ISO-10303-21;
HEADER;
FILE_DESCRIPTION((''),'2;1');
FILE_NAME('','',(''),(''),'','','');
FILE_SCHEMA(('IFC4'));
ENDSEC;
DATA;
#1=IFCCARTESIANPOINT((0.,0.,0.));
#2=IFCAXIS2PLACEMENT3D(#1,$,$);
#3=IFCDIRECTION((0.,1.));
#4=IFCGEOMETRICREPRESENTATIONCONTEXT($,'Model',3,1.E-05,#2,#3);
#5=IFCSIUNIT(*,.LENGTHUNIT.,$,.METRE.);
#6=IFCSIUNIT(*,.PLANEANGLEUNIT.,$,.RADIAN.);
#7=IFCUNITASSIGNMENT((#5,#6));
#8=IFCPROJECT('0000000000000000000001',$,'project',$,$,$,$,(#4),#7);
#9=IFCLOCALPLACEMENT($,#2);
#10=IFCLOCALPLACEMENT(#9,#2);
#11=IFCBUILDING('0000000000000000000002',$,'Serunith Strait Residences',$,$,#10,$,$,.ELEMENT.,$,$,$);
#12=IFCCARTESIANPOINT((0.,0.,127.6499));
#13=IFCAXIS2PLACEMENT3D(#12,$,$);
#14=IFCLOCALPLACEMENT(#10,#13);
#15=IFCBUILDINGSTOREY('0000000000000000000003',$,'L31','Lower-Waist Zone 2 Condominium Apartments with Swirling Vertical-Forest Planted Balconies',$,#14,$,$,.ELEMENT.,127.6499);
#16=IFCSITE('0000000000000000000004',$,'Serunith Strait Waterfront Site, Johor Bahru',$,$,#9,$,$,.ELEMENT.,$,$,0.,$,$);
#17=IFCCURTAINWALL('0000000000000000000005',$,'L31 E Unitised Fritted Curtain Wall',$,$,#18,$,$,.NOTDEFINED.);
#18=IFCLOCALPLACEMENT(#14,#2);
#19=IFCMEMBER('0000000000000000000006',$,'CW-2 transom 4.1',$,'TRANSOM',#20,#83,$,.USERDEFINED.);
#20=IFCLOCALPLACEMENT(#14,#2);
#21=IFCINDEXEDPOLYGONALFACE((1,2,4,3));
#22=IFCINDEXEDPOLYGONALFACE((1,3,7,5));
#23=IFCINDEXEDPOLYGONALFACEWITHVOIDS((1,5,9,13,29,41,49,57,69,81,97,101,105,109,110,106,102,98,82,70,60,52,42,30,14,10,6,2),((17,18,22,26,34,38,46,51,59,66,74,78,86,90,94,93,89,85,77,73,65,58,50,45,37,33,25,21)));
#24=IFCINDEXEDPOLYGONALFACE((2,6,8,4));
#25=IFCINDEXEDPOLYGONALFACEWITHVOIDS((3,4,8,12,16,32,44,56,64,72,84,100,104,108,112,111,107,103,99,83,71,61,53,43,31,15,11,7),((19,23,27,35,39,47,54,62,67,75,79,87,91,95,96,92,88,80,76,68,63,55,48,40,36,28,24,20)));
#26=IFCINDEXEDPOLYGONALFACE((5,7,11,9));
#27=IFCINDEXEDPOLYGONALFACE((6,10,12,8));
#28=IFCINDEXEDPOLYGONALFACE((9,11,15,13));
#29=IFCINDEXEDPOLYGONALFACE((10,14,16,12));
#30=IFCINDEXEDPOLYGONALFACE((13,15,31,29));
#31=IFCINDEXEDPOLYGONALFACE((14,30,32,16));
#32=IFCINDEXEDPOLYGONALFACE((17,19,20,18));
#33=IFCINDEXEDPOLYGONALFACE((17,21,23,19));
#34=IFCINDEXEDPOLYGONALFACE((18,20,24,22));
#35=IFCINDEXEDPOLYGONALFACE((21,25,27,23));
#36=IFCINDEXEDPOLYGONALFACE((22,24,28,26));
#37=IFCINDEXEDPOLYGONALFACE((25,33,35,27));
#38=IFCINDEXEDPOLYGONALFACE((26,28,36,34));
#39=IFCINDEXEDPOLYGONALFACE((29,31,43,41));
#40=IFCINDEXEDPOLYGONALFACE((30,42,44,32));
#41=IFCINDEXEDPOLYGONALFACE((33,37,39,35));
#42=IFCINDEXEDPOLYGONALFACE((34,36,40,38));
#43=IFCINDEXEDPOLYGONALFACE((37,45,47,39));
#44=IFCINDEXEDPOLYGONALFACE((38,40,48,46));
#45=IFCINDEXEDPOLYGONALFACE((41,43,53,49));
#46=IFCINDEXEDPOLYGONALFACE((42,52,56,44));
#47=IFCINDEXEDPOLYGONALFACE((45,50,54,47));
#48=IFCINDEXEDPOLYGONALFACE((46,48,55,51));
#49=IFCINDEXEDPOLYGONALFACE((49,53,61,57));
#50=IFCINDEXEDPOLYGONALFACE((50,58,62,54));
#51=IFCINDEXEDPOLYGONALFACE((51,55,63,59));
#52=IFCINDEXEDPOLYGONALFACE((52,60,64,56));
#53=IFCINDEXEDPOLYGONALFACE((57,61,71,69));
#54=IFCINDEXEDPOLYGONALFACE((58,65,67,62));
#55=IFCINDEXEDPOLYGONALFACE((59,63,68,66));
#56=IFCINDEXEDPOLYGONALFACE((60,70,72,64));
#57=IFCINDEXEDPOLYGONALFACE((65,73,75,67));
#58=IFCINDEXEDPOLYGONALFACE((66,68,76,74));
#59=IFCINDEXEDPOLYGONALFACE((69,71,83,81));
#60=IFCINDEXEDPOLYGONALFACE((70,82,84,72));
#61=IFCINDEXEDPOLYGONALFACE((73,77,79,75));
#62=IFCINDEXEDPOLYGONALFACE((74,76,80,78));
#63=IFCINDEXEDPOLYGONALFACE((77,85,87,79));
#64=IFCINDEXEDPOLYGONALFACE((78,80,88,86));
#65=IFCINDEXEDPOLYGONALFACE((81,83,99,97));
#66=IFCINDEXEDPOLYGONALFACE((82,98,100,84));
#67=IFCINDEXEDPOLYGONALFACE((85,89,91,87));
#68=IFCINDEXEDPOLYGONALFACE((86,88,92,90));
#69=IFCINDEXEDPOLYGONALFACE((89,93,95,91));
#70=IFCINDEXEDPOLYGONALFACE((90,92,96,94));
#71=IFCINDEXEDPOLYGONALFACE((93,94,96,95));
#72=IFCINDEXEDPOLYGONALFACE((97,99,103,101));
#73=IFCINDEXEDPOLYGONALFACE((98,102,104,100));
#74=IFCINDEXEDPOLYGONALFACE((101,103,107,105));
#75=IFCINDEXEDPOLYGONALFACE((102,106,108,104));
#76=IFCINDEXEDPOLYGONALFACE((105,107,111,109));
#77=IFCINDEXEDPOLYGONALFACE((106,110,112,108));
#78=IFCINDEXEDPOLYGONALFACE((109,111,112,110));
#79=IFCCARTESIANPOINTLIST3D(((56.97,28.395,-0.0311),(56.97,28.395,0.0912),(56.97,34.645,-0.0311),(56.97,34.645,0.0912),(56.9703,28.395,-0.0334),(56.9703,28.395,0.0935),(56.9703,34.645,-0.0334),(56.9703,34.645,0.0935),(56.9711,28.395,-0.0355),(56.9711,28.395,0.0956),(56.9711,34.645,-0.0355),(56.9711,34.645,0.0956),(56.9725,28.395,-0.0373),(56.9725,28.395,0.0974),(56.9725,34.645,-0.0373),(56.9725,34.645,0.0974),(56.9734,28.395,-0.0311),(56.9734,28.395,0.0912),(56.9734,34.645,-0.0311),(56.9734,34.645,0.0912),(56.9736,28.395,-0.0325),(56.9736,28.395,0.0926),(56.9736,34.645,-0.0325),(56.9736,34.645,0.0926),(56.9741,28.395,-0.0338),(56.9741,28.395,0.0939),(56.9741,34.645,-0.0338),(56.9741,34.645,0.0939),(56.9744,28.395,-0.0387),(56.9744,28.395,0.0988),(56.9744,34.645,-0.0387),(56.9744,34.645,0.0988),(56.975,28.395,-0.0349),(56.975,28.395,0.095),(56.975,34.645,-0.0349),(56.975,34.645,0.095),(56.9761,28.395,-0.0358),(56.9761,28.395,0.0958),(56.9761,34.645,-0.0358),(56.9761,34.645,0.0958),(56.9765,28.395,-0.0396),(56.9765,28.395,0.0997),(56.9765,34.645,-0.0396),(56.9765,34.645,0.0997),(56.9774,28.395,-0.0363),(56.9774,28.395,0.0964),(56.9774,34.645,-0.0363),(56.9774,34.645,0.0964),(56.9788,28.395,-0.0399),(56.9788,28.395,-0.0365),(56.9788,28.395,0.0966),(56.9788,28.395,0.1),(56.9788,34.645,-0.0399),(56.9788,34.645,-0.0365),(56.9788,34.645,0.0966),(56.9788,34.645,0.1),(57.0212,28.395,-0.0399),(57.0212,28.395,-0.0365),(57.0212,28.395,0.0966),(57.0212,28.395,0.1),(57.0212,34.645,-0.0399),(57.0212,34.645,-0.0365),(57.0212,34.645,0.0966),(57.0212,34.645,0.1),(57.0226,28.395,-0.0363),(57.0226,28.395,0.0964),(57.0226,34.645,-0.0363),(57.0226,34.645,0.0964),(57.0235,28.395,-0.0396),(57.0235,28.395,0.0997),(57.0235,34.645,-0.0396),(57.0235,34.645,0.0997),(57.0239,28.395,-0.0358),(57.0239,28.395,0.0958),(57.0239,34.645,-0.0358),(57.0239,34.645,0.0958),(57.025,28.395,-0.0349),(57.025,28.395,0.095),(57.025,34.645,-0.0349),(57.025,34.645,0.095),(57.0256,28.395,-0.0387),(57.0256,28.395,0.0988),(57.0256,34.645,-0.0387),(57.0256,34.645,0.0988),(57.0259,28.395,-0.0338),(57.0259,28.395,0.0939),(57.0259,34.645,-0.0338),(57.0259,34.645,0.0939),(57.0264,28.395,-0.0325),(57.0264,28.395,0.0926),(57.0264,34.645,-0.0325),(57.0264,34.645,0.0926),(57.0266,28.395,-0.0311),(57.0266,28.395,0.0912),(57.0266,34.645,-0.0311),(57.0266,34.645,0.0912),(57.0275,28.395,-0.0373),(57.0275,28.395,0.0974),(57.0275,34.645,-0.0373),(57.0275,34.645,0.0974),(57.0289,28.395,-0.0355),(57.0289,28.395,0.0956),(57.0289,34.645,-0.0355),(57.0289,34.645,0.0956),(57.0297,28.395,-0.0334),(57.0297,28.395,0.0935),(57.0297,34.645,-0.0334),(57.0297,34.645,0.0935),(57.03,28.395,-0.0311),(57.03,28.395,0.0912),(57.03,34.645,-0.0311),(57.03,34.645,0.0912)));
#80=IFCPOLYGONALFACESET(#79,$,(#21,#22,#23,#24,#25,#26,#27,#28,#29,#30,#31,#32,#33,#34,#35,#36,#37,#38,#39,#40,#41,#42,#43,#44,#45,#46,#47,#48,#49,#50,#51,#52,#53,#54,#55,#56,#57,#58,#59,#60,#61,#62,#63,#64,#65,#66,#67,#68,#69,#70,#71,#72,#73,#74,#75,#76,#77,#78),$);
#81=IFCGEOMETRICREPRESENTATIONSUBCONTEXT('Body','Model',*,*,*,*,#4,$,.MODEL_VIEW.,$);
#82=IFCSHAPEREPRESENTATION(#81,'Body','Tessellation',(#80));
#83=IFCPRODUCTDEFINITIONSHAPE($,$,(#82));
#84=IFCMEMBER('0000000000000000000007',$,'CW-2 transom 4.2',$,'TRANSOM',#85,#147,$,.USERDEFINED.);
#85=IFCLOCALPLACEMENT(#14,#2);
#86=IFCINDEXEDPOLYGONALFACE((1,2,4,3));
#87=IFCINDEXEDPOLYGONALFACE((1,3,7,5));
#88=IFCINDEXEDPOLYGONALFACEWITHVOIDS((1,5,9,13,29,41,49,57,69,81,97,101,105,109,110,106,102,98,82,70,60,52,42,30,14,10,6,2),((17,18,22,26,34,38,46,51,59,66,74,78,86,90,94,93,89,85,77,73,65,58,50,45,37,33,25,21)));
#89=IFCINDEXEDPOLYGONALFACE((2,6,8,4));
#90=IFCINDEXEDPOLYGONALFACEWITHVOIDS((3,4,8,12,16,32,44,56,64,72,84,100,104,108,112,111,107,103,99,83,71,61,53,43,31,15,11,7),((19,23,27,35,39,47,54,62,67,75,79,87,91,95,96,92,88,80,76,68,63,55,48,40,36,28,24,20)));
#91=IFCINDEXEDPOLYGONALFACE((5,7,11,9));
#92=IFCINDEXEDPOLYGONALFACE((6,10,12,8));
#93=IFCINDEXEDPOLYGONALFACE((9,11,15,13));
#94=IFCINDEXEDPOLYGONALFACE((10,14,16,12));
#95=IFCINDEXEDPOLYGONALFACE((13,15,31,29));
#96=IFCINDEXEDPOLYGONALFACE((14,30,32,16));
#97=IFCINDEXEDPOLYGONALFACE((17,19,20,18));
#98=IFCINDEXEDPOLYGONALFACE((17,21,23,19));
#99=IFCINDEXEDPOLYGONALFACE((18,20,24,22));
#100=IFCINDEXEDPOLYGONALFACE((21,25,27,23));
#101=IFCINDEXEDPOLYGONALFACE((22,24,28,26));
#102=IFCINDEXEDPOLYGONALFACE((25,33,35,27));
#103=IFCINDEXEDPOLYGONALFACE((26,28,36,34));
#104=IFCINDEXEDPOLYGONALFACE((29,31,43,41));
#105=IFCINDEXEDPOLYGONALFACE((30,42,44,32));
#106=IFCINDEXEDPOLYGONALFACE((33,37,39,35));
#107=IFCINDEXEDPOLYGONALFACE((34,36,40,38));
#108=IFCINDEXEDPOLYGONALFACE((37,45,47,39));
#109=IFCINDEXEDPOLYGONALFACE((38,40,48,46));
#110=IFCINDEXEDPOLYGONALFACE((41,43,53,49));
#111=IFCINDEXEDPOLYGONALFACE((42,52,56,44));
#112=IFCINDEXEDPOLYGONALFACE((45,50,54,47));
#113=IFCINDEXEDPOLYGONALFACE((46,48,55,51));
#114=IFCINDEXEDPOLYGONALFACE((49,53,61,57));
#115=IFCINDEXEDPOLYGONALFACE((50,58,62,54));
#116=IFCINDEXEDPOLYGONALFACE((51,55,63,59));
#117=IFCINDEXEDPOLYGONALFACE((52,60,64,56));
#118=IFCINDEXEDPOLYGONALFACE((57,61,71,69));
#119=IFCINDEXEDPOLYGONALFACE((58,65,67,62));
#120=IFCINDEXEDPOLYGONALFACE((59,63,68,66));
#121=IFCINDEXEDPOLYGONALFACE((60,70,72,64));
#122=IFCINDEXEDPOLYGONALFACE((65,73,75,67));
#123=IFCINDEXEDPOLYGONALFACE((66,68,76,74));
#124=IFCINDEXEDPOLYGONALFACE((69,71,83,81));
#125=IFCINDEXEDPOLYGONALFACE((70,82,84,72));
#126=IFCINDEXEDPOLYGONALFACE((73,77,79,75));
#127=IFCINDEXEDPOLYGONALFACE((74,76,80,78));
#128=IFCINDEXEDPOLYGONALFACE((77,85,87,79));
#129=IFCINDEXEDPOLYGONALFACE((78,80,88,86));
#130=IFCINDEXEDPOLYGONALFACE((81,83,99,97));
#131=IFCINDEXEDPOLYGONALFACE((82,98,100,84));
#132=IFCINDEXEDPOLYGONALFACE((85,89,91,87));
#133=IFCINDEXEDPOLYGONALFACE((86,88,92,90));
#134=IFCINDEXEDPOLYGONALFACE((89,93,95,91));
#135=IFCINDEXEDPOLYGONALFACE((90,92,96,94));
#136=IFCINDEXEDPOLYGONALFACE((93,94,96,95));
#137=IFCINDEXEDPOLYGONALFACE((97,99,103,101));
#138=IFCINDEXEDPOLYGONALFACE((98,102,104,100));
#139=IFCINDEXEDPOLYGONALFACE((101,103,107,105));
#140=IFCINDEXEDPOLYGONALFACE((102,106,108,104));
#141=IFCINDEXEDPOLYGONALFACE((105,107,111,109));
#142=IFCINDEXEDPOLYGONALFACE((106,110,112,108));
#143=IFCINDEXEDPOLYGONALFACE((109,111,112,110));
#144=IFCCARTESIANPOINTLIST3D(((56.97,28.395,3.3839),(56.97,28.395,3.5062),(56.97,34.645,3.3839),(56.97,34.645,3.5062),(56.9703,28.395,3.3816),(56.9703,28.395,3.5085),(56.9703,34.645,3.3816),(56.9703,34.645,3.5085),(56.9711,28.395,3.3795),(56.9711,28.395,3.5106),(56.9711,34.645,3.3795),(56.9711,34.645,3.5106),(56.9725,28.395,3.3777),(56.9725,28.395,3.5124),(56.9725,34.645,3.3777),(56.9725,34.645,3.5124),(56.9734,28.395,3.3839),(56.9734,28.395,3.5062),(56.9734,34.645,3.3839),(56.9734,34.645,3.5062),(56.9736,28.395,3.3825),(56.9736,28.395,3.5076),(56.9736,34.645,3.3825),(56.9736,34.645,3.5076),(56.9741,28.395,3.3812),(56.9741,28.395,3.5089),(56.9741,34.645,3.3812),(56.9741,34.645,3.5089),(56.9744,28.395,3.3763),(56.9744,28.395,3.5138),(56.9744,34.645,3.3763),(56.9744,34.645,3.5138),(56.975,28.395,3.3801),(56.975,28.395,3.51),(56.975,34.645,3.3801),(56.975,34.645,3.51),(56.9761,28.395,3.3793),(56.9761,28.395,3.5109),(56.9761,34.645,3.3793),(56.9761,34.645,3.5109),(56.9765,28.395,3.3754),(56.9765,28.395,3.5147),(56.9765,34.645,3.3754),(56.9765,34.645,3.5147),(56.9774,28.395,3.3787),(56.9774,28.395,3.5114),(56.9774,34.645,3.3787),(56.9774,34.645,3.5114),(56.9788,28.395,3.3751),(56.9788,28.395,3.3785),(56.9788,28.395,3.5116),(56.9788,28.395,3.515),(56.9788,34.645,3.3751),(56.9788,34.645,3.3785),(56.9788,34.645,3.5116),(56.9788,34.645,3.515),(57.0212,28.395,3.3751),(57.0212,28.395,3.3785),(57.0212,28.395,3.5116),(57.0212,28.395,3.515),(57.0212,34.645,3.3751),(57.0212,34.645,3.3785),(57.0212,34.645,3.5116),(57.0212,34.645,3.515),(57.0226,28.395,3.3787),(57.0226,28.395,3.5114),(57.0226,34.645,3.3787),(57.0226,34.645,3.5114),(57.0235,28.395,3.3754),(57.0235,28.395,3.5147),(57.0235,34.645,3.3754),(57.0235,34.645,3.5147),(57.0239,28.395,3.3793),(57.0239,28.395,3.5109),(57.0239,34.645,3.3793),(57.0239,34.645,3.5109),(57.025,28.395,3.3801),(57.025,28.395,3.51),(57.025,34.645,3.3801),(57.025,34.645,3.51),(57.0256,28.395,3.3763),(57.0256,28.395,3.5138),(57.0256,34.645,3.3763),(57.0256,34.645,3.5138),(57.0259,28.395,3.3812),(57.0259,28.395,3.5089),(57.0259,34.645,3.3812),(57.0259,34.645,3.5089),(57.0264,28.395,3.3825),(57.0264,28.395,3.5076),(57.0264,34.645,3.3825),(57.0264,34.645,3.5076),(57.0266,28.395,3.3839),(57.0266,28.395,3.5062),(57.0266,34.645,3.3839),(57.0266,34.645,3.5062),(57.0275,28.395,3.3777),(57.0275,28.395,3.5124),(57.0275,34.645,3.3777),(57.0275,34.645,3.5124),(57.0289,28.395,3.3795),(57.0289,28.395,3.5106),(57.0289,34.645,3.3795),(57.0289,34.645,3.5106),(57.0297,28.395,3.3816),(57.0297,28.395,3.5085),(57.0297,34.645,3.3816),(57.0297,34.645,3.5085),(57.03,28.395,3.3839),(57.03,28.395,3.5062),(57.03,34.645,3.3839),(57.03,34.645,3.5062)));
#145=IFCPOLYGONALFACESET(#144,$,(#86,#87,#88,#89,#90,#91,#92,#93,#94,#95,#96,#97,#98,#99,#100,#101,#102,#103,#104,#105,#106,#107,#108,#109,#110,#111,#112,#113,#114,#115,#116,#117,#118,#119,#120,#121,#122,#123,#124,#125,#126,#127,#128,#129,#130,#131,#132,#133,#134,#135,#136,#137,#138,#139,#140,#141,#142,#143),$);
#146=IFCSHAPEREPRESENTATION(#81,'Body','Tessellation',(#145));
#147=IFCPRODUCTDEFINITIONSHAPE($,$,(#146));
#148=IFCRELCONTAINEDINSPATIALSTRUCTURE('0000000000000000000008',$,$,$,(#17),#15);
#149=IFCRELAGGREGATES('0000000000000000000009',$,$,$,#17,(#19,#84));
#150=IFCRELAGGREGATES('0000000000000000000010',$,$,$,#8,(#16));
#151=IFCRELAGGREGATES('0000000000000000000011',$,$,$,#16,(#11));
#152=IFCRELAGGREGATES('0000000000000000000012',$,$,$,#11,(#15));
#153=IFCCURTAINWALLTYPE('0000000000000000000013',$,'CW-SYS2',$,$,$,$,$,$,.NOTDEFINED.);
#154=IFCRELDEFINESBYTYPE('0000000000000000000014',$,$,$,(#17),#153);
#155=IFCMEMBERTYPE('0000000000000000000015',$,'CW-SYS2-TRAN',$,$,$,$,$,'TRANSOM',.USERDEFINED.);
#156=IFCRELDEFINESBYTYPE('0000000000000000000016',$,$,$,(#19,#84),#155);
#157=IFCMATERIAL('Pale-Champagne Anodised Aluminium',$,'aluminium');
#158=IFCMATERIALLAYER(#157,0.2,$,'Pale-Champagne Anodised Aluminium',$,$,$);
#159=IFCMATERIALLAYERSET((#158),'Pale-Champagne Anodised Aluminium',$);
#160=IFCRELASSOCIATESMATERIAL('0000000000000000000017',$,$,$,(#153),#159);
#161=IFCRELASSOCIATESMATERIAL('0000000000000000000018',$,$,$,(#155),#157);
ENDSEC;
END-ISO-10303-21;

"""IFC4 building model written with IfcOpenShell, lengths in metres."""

from ifc_helpers import new_model, si_unit, direction, frame, origin, origin_2d, place, context, subcontext, project, spatial, hollow_rectangle, extrude, source, transform, mapped, material, layer, layer_set, material_profile, profile_set, type_object, element, aggregate, save


model = new_model("IFC4")

# Units and contexts
model_context = context("Model", 3, precision=1e-05, world=origin(), true_north=direction((0.0, 1.0)))
body_context = subcontext(model_context, "Body", "Model", "MODEL_VIEW")
ifc_project = project(units=[si_unit("LENGTHUNIT", "METRE"), si_unit("PLANEANGLEUNIT", "RADIAN")], contexts=[model_context])

# Site, building, storey
site_placement = place(None, origin())
site = spatial("IfcSite", under=ifc_project, at=site_placement, Name="Serunith Strait Waterfront Site, Johor Bahru", CompositionType="ELEMENT", RefElevation=0.0)
building_placement = place(site_placement, origin())
building = spatial("IfcBuilding", under=site, at=building_placement, Name="Serunith Strait Residences", CompositionType="ELEMENT")
storey_placement = place(building_placement, frame((0.0, 0.0, 127.6499)))
storey = spatial("IfcBuildingStorey", under=building, at=storey_placement, Name="L31", Description="Lower-Waist Zone 2 Condominium Apartments with Swirling Vertical-Forest Planted Balconies", CompositionType="ELEMENT", Elevation=127.6499)

# Curtain wall, members
ifc_material_1 = material(Name="Pale-Champagne Anodised Aluminium", Category="aluminium")
ifc_layer_1 = layer(ifc_material_1, 0.2, Name="Pale-Champagne Anodised Aluminium")
ifc_layer_set_1 = layer_set([ifc_layer_1], Name="Pale-Champagne Anodised Aluminium")
curtain_wall_type = type_object("IfcCurtainWallType", Name="CW-SYS2", PredefinedType="NOTDEFINED", material=ifc_layer_set_1)
curtain_wall_placement = place(storey_placement, origin())
curtain_wall = element("IfcCurtainWall", 1, at=curtain_wall_placement, inside=storey, type_object=curtain_wall_type, Name="L31 E Unitised Fritted Curtain Wall", PredefinedType="NOTDEFINED")
ifc_material_profile_1 = material_profile(ifc_material_1, hollow_rectangle(XDim=0.0601, YDim=0.1399, WallThickness=0.0034, InnerFilletRadius=0.0054, OuterFilletRadius=0.0088, at=origin_2d()), Name="ALU 140x60x3.5")
ifc_profile_set_1 = profile_set([ifc_material_profile_1], Name="Pale-Champagne Anodised Aluminium")
member_type_1 = type_object("IfcMemberType", Name="CW-SYS2-TRAN", ElementType="TRANSOM", PredefinedType="USERDEFINED", material=ifc_profile_set_1)
shared_shape_1 = source(origin(), body_context, "Body", "SweptSolid", [
    extrude(hollow_rectangle(XDim=0.0601, YDim=0.1399, WallThickness=0.0034, InnerFilletRadius=0.0054, OuterFilletRadius=0.0088, at=origin_2d()), origin(), (0.0, 0.0, 1.0), 6.25),
])
member_1_placement = place(storey_placement, frame((57.0, 28.395, 0.03), z_axis=(0.0, 1.0, 0.0), x_axis=(-1.0, 0.0, 0.0)))
member_1 = element("IfcMember", 2, at=member_1_placement, type_object=member_type_1, Name="CW-2 transom 4.1", ObjectType="TRANSOM", PredefinedType="USERDEFINED", context=body_context, shape_type="MappedRepresentation", body=[
    mapped(shared_shape_1, transform((0.0, 0.0, 0.0), scale=1.0)),
])
member_2_placement = place(storey_placement, frame((57.0, 28.395, 3.4451), z_axis=(0.0, 1.0, 0.0), x_axis=(-1.0, 0.0, 0.0)))
member_2 = element("IfcMember", 3, at=member_2_placement, type_object=member_type_1, Name="CW-2 transom 4.2", ObjectType="TRANSOM", PredefinedType="USERDEFINED", context=body_context, shape_type="MappedRepresentation", body=[
    mapped(shared_shape_1, transform((0.0, 0.0, 0.0), scale=1.0)),
])
aggregate(curtain_wall, [member_1, member_2])

save(model, "model.ifc")
